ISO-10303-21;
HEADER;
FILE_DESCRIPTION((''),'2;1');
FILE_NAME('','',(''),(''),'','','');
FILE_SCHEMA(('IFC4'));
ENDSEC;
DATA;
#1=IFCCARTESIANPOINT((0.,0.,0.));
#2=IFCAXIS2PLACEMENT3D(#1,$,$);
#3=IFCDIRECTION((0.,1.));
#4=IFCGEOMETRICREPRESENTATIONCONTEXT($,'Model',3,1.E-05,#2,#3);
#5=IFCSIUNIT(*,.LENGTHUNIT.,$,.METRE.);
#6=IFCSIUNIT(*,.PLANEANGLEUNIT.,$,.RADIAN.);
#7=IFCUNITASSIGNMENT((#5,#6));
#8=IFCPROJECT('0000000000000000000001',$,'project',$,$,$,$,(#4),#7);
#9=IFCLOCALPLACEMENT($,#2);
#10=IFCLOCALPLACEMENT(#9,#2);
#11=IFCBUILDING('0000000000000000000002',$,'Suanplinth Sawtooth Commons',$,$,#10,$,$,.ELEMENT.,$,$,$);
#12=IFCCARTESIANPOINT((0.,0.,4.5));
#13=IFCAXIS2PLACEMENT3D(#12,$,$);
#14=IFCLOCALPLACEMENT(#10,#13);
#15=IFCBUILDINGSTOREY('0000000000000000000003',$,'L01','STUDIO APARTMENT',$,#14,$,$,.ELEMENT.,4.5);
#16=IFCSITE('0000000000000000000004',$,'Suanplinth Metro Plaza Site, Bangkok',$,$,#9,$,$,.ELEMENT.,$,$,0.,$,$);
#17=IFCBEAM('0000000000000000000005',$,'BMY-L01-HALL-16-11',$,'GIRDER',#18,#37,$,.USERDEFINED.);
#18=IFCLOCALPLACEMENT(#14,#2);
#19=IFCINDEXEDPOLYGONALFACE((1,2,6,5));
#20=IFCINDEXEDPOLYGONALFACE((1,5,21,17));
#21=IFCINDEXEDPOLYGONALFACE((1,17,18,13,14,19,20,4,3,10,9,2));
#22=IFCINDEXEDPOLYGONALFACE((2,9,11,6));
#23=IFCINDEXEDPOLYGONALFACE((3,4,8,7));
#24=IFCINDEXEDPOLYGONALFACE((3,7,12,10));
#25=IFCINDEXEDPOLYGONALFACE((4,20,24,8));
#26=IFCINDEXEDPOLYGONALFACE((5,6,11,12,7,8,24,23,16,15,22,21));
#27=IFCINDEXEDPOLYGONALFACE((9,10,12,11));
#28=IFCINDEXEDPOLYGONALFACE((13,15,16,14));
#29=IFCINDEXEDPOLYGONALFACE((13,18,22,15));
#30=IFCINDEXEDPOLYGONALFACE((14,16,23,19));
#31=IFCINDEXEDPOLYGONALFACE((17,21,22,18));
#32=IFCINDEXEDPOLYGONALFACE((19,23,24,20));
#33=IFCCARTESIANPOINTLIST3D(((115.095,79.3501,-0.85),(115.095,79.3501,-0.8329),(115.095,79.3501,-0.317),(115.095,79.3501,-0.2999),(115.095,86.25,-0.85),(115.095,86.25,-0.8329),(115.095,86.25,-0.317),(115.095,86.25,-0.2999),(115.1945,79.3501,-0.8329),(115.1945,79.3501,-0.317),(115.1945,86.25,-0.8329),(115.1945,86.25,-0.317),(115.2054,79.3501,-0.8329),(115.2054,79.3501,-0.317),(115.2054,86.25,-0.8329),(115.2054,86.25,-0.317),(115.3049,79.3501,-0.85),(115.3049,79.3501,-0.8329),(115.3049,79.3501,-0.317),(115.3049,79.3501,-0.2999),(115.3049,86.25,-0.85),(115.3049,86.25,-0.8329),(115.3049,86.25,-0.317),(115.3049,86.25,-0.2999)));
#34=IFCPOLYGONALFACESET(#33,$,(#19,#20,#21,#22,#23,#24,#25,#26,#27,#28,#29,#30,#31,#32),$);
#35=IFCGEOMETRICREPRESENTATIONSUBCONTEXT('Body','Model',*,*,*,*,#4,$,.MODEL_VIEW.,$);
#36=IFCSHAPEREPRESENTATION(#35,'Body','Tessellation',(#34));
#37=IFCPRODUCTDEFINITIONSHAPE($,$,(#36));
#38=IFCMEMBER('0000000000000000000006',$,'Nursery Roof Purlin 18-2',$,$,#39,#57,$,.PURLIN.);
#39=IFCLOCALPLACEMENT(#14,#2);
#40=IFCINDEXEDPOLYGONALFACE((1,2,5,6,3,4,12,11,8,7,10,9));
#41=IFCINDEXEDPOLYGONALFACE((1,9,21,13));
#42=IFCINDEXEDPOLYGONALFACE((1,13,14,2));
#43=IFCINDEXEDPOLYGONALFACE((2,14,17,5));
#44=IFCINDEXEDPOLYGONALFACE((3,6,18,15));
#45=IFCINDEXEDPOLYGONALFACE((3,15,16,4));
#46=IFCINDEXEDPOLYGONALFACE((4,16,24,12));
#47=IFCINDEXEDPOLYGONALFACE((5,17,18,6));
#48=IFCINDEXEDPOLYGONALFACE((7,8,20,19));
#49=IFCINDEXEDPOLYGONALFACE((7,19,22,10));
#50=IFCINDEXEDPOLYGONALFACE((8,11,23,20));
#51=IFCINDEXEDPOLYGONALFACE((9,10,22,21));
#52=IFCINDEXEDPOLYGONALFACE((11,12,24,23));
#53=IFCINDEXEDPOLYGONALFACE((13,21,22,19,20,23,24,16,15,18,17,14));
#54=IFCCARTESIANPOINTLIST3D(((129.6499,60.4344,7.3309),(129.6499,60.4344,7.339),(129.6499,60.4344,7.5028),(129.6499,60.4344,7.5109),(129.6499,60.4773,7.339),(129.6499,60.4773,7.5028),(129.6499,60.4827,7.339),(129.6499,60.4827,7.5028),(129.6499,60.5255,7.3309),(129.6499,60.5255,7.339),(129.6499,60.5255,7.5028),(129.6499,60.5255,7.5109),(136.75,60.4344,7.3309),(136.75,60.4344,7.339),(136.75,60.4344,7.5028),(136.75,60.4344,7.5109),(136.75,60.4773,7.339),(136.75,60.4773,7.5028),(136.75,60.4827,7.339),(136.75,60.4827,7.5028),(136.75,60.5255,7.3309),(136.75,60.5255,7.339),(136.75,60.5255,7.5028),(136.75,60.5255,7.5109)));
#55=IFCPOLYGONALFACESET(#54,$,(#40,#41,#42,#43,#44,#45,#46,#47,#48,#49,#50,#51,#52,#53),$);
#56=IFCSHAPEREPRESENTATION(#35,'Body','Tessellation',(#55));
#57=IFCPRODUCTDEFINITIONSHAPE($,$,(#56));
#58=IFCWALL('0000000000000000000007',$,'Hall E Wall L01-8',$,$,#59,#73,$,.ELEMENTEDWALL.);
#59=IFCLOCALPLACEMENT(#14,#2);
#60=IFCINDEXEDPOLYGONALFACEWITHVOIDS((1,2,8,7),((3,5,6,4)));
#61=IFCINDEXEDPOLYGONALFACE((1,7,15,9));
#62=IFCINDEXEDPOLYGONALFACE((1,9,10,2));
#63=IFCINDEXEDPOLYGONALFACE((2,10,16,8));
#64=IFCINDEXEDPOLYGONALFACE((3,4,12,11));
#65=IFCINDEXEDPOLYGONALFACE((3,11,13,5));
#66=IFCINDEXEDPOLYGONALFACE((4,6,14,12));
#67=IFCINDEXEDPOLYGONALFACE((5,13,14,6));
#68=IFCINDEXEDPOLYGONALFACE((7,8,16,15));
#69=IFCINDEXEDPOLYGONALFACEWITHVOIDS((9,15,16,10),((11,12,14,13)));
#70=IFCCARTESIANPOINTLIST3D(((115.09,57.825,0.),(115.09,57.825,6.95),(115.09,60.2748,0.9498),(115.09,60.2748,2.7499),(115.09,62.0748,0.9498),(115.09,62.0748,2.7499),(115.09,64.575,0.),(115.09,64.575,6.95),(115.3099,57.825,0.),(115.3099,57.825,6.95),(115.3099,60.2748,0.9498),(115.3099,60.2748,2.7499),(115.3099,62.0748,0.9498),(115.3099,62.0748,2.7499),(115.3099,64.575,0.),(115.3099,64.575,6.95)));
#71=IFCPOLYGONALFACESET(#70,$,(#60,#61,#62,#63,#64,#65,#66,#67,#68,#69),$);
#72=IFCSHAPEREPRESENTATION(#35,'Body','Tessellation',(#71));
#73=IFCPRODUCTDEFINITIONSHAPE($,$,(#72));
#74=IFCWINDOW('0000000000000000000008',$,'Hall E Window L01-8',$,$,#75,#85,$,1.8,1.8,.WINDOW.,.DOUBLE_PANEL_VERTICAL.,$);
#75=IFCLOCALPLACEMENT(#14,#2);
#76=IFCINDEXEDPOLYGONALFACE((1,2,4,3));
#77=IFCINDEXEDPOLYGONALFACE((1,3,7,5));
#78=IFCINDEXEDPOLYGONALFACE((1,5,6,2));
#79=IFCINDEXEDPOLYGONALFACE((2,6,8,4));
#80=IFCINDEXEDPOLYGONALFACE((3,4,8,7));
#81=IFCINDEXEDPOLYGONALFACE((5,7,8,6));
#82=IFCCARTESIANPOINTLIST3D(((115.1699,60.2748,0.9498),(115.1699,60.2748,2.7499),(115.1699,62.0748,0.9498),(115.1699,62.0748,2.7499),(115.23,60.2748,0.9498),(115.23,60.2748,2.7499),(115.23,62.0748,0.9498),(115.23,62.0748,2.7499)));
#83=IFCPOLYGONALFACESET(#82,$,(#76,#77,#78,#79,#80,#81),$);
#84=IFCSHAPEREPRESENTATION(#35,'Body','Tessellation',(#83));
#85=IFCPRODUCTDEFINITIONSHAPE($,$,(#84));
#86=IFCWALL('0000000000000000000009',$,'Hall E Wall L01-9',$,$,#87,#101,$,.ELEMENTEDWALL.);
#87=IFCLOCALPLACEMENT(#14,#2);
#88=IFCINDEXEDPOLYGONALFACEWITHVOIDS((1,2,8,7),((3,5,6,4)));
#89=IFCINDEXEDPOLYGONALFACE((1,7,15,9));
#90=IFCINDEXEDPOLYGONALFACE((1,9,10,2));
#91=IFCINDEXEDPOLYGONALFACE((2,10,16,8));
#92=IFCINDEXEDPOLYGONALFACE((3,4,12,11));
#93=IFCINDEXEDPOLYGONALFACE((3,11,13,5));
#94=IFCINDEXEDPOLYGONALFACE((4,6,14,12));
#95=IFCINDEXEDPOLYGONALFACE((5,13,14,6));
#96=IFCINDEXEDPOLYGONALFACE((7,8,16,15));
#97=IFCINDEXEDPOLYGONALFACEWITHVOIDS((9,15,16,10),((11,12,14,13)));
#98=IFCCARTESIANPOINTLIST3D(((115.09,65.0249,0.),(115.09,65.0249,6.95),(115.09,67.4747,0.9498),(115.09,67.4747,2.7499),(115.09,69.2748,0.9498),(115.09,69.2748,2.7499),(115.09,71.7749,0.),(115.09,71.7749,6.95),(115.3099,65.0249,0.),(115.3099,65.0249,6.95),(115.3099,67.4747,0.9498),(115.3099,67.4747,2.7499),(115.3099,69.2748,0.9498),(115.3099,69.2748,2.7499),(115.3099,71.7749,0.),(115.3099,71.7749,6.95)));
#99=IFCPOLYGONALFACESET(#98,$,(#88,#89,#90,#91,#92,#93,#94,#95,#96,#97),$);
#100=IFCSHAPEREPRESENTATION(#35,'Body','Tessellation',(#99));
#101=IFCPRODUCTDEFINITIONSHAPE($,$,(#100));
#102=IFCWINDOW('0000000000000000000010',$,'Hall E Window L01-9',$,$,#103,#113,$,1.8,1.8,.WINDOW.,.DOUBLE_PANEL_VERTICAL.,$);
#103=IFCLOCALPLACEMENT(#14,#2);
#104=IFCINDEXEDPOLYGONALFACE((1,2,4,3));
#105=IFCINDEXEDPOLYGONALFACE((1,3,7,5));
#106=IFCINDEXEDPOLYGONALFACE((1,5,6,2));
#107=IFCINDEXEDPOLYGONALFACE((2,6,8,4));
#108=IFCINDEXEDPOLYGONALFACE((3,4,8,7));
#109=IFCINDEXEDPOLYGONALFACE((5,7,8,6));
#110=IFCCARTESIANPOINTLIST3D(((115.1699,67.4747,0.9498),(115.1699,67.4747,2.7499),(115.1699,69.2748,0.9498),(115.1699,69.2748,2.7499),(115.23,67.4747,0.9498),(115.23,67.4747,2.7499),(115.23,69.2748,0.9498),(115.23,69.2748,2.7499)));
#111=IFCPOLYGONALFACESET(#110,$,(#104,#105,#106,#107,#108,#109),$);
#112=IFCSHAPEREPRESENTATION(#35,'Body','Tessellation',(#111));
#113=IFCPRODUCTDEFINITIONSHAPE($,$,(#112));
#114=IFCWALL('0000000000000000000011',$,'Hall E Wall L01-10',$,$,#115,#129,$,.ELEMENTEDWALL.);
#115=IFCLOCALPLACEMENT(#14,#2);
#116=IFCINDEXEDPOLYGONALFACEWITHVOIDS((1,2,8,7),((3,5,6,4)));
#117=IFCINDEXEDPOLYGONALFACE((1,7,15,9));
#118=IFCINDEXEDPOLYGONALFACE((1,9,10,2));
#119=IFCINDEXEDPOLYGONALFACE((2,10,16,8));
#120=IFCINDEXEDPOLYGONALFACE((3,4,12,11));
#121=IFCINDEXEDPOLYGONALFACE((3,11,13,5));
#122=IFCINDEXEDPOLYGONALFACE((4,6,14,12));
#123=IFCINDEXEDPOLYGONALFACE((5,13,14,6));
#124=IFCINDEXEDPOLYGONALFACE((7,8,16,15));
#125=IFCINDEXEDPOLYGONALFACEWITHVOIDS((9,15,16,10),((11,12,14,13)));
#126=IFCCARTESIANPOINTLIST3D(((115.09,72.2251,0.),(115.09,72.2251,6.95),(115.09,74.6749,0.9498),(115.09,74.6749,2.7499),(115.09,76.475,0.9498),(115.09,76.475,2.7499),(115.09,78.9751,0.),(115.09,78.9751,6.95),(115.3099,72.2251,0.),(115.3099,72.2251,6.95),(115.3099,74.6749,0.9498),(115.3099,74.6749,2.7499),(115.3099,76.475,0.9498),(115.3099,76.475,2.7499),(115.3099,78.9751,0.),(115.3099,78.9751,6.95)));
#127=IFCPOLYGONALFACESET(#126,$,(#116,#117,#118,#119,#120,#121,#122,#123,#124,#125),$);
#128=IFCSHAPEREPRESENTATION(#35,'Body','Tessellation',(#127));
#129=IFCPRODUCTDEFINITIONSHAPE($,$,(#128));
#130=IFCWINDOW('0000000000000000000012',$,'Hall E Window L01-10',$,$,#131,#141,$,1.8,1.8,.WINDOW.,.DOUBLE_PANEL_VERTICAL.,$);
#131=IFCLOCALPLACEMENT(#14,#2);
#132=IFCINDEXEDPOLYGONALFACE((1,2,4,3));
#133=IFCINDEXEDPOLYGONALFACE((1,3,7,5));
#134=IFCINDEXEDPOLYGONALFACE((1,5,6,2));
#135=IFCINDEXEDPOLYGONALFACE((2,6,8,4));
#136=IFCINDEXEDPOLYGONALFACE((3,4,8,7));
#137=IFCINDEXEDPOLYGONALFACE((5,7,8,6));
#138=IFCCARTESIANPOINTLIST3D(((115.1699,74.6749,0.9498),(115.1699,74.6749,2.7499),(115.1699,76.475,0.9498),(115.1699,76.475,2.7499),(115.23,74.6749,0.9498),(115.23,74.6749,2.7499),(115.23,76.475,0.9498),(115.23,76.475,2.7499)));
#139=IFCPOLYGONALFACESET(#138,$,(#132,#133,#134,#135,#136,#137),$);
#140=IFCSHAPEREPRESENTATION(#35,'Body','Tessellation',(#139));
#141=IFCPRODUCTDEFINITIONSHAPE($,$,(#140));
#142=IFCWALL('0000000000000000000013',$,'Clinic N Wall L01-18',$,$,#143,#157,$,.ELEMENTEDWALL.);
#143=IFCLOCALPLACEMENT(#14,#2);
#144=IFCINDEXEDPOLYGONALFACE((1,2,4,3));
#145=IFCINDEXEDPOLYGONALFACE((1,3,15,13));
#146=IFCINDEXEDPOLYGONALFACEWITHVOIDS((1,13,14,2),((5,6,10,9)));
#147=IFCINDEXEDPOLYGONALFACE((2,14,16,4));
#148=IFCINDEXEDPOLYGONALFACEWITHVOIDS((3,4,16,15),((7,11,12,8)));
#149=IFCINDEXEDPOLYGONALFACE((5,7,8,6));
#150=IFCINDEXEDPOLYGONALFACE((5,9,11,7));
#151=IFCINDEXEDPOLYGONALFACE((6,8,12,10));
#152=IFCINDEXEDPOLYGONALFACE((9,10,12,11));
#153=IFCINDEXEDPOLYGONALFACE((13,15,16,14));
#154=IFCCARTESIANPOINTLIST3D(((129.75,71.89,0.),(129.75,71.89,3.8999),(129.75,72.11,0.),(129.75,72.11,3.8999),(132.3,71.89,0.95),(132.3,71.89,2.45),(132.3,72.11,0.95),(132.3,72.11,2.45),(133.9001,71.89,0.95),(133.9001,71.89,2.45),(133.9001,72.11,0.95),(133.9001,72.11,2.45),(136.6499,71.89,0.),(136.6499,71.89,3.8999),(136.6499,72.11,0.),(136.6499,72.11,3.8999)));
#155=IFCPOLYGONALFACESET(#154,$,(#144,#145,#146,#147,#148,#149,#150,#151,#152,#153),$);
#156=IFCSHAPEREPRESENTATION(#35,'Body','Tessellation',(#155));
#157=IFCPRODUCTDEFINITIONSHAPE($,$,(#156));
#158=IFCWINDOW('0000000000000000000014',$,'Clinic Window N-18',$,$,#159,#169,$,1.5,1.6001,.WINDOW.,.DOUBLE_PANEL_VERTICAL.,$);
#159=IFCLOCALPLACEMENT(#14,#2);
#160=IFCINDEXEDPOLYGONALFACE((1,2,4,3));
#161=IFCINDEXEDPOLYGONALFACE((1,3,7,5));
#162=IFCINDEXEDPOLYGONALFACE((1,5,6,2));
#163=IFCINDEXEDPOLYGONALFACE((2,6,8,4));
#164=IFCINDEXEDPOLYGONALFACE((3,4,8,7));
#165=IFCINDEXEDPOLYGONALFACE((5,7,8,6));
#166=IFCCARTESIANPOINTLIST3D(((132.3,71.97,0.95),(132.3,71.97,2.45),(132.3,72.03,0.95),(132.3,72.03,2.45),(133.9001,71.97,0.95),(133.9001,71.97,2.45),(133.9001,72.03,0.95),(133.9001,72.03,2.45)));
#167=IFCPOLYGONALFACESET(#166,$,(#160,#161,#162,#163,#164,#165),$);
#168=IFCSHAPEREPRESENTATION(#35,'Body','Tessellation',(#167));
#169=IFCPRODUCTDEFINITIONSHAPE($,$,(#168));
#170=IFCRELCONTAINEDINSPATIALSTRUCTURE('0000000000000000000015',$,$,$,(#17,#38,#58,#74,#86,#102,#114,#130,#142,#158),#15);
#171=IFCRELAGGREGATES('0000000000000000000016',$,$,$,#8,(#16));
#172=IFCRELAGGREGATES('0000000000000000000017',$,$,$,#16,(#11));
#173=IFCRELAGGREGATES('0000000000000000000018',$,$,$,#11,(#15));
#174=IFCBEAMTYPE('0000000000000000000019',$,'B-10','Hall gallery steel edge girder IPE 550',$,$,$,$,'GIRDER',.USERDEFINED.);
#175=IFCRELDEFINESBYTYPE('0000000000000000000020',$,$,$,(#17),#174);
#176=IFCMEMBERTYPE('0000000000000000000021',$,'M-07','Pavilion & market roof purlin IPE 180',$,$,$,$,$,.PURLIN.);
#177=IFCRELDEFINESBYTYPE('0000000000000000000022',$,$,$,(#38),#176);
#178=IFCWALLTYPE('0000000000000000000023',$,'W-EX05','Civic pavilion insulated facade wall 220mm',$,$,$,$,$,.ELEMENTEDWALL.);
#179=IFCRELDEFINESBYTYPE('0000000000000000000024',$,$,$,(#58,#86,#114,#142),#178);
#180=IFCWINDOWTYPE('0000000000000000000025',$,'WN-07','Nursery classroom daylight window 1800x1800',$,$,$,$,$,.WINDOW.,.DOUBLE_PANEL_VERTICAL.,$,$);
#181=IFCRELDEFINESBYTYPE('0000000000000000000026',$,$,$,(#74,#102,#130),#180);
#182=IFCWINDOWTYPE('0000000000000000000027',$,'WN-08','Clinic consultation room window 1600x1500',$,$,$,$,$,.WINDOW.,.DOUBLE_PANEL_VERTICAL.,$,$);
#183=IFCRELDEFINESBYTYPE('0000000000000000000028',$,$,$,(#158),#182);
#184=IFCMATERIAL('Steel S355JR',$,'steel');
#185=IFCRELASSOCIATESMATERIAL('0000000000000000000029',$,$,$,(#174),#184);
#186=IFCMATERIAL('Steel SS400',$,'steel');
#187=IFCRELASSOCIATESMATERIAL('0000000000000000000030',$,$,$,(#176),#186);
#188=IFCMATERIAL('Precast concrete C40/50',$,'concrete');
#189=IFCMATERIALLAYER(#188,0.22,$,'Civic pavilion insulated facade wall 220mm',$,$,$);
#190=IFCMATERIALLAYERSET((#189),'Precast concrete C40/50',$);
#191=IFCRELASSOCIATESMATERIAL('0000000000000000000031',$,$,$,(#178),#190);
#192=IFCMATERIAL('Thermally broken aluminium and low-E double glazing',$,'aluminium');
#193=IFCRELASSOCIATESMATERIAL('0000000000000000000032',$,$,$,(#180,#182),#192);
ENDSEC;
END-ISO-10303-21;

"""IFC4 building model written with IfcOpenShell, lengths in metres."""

from ifc_helpers import new_model, si_unit, direction, frame, frame_2d, origin, origin_2d, place, context, subcontext, project, spatial, rectangle, i_section, extrude, material, layer, layer_set, material_profile, profile_set, type_object, element, fill, save


model = new_model("IFC4")

# Units and contexts
model_context = context("Model", 3, precision=1e-05, world=origin(), true_north=direction((0.0, 1.0)))
body_context = subcontext(model_context, "Body", "Model", "MODEL_VIEW")
ifc_project = project(units=[si_unit("LENGTHUNIT", "METRE"), si_unit("PLANEANGLEUNIT", "RADIAN")], contexts=[model_context])

# Site, building, storey
site_placement = place(None, origin())
site = spatial("IfcSite", under=ifc_project, at=site_placement, Name="Suanplinth Metro Plaza Site, Bangkok", CompositionType="ELEMENT", RefElevation=0.0)
building_placement = place(site_placement, origin())
building = spatial("IfcBuilding", under=site, at=building_placement, Name="Suanplinth Sawtooth Commons", CompositionType="ELEMENT")
storey_placement = place(building_placement, frame((0.0, 0.0, 4.5)))
storey = spatial("IfcBuildingStorey", under=building, at=storey_placement, Name="L01", Description="STUDIO APARTMENT", CompositionType="ELEMENT", Elevation=4.5)

# Shared definitions
ifc_material_1 = material(Name="Steel S355JR", Category="steel")

# Beam
ifc_material_2 = material(Name="Precast concrete C40/50", Category="concrete")
ifc_material_profile_1 = material_profile(ifc_material_1, i_section(OverallWidth=0.21, OverallDepth=0.55, WebThickness=0.011, FlangeThickness=0.0171, at=origin_2d()), Name="IPE 550")
ifc_profile_set_1 = profile_set([ifc_material_profile_1], Name="Steel S355JR")
beam_type_1 = type_object("IfcBeamType", Name="B-10", Description="Hall gallery steel edge girder IPE 550", ElementType="GIRDER", PredefinedType="USERDEFINED", material=ifc_profile_set_1)
beam_1_placement = place(storey_placement, frame((115.2, 79.3501, -0.575), z_axis=(0.0, 1.0, 0.0), x_axis=(-1.0, 0.0, 0.0)))
element("IfcBeam", 1, at=beam_1_placement, inside=storey, type_object=beam_type_1, Name="BMY-L01-HALL-16-11", ObjectType="GIRDER", PredefinedType="USERDEFINED", context=body_context, shape_type="SweptSolid", body=[
    extrude(i_section(OverallWidth=0.21, OverallDepth=0.55, WebThickness=0.011, FlangeThickness=0.0171, at=origin_2d()), origin(), (0.0, 0.0, 1.0), 6.8999),
])

# Member
ifc_material_3 = material(Name="Steel SS400", Category="steel")
ifc_material_profile_2 = material_profile(ifc_material_3, i_section(OverallWidth=0.0911, OverallDepth=0.1799, WebThickness=0.0054, FlangeThickness=0.0081, at=origin_2d()), Name="IPE 180")
ifc_profile_set_2 = profile_set([ifc_material_profile_2], Name="Steel SS400")
member_type = type_object("IfcMemberType", Name="M-07", Description="Pavilion & market roof purlin IPE 180", PredefinedType="PURLIN", material=ifc_profile_set_2)
member_placement = place(storey_placement, frame((129.6499, 60.48, 7.4209), z_axis=(1.0, 0.0, 0.0), x_axis=(0.0, 1.0, 0.0)))
element("IfcMember", 2, at=member_placement, inside=storey, type_object=member_type, Name="Nursery Roof Purlin 18-2", PredefinedType="PURLIN", context=body_context, shape_type="SweptSolid", body=[
    extrude(i_section(OverallWidth=0.0911, OverallDepth=0.1799, WebThickness=0.0054, FlangeThickness=0.0081, at=origin_2d()), origin(), (0.0, 0.0, 1.0), 7.1001),
])

# Walls, openings, windows
ifc_layer_1 = layer(ifc_material_2, 0.22, Name="Civic pavilion insulated facade wall 220mm")
ifc_layer_set_1 = layer_set([ifc_layer_1], Name="Precast concrete C40/50")
wall_type_1 = type_object("IfcWallType", Name="W-EX05", Description="Civic pavilion insulated facade wall 220mm", PredefinedType="ELEMENTEDWALL", material=ifc_layer_set_1)
wall_1_placement = place(storey_placement, frame((115.2, 57.825, 0.0), z_axis=(0.0, 0.0, 1.0), x_axis=(0.0, 1.0, 0.0)))
wall_1 = element("IfcWall", 3, at=wall_1_placement, inside=storey, type_object=wall_type_1, Name="Hall E Wall L01-8", PredefinedType="ELEMENTEDWALL", context=body_context, shape_type="SweptSolid", body=[
    extrude(rectangle(XDim=6.75, YDim=0.22, at=frame_2d((3.375, 0.0))), origin(), (0.0, 0.0, 1.0), 6.95),
])
opening_1_placement = place(wall_1_placement, frame((2.45, 0.0, 0.95)))
opening_1 = element("IfcOpeningElement", 4, at=opening_1_placement, cuts=wall_1, PredefinedType="OPENING", context=body_context, shape_type="SweptSolid", body=[
    extrude(rectangle(XDim=1.8, YDim=1.8, at=frame_2d((0.8999, 0.8999))), frame((0.0, 0.125, 0.0), z_axis=(0.0, -1.0, 0.0), x_axis=(1.0, 0.0, 0.0)), (0.0, 0.0, 1.0), 0.2498),
])
ifc_material_4 = material(Name="Thermally broken aluminium and low-E double glazing", Category="aluminium")
window_type_1 = type_object("IfcWindowType", Name="WN-07", Description="Nursery classroom daylight window 1800x1800", PartitioningType="DOUBLE_PANEL_VERTICAL", PredefinedType="WINDOW", material=ifc_material_4)
window_1_placement = place(opening_1_placement, origin())
window_1 = element("IfcWindow", 5, at=window_1_placement, inside=storey, type_object=window_type_1, Name="Hall E Window L01-8", OverallHeight=1.8, OverallWidth=1.8, PartitioningType="DOUBLE_PANEL_VERTICAL", PredefinedType="WINDOW", context=body_context, shape_type="SweptSolid", body=[
    extrude(rectangle(XDim=1.8, YDim=1.8, at=frame_2d((0.8999, 0.8999))), frame((0.0, 0.03, 0.0), z_axis=(0.0, -1.0, 0.0), x_axis=(1.0, 0.0, 0.0)), (0.0, 0.0, 1.0), 0.0601),
])
fill(opening_1, window_1)
wall_2_placement = place(storey_placement, frame((115.2, 65.0249, 0.0), z_axis=(0.0, 0.0, 1.0), x_axis=(0.0, 1.0, 0.0)))
wall_2 = element("IfcWall", 6, at=wall_2_placement, inside=storey, type_object=wall_type_1, Name="Hall E Wall L01-9", PredefinedType="ELEMENTEDWALL", context=body_context, shape_type="SweptSolid", body=[
    extrude(rectangle(XDim=6.75, YDim=0.22, at=frame_2d((3.375, 0.0))), origin(), (0.0, 0.0, 1.0), 6.95),
])
opening_2_placement = place(wall_2_placement, frame((2.45, 0.0, 0.95)))
opening_2 = element("IfcOpeningElement", 7, at=opening_2_placement, cuts=wall_2, PredefinedType="OPENING", context=body_context, shape_type="SweptSolid", body=[
    extrude(rectangle(XDim=1.8, YDim=1.8, at=frame_2d((0.8999, 0.8999))), frame((0.0, 0.125, 0.0), z_axis=(0.0, -1.0, 0.0), x_axis=(1.0, 0.0, 0.0)), (0.0, 0.0, 1.0), 0.2498),
])
window_2_placement = place(opening_2_placement, origin())
window_2 = element("IfcWindow", 8, at=window_2_placement, inside=storey, type_object=window_type_1, Name="Hall E Window L01-9", OverallHeight=1.8, OverallWidth=1.8, PartitioningType="DOUBLE_PANEL_VERTICAL", PredefinedType="WINDOW", context=body_context, shape_type="SweptSolid", body=[
    extrude(rectangle(XDim=1.8, YDim=1.8, at=frame_2d((0.8999, 0.8999))), frame((0.0, 0.03, 0.0), z_axis=(0.0, -1.0, 0.0), x_axis=(1.0, 0.0, 0.0)), (0.0, 0.0, 1.0), 0.0601),
])
fill(opening_2, window_2)
wall_3_placement = place(storey_placement, frame((115.2, 72.2251, 0.0), z_axis=(0.0, 0.0, 1.0), x_axis=(0.0, 1.0, 0.0)))
wall_3 = element("IfcWall", 9, at=wall_3_placement, inside=storey, type_object=wall_type_1, Name="Hall E Wall L01-10", PredefinedType="ELEMENTEDWALL", context=body_context, shape_type="SweptSolid", body=[
    extrude(rectangle(XDim=6.75, YDim=0.22, at=frame_2d((3.375, 0.0))), origin(), (0.0, 0.0, 1.0), 6.95),
])
opening_3_placement = place(wall_3_placement, frame((2.45, 0.0, 0.95)))
opening_3 = element("IfcOpeningElement", 10, at=opening_3_placement, cuts=wall_3, PredefinedType="OPENING", context=body_context, shape_type="SweptSolid", body=[
    extrude(rectangle(XDim=1.8, YDim=1.8, at=frame_2d((0.8999, 0.8999))), frame((0.0, 0.125, 0.0), z_axis=(0.0, -1.0, 0.0), x_axis=(1.0, 0.0, 0.0)), (0.0, 0.0, 1.0), 0.2498),
])
window_3_placement = place(opening_3_placement, origin())
window_3 = element("IfcWindow", 11, at=window_3_placement, inside=storey, type_object=window_type_1, Name="Hall E Window L01-10", OverallHeight=1.8, OverallWidth=1.8, PartitioningType="DOUBLE_PANEL_VERTICAL", PredefinedType="WINDOW", context=body_context, shape_type="SweptSolid", body=[
    extrude(rectangle(XDim=1.8, YDim=1.8, at=frame_2d((0.8999, 0.8999))), frame((0.0, 0.03, 0.0), z_axis=(0.0, -1.0, 0.0), x_axis=(1.0, 0.0, 0.0)), (0.0, 0.0, 1.0), 0.0601),
])
fill(opening_3, window_3)
wall_4_placement = place(storey_placement, frame((129.75, 72.0, 0.0), z_axis=(0.0, 0.0, 1.0), x_axis=(1.0, 0.0, 0.0)))
wall_4 = element("IfcWall", 12, at=wall_4_placement, inside=storey, type_object=wall_type_1, Name="Clinic N Wall L01-18", PredefinedType="ELEMENTEDWALL", context=body_context, shape_type="SweptSolid", body=[
    extrude(rectangle(XDim=6.8999, YDim=0.22, at=frame_2d((3.45, 0.0))), origin(), (0.0, 0.0, 1.0), 3.8999),
])
opening_4_placement = place(wall_4_placement, frame((2.55, 0.0, 0.95)))
opening_4 = element("IfcOpeningElement", 13, at=opening_4_placement, cuts=wall_4, PredefinedType="OPENING", context=body_context, shape_type="SweptSolid", body=[
    extrude(rectangle(XDim=1.6001, YDim=1.5, at=frame_2d((0.8, 0.75))), frame((0.0, 0.125, 0.0), z_axis=(0.0, -1.0, 0.0), x_axis=(1.0, 0.0, 0.0)), (0.0, 0.0, 1.0), 0.2498),
])
window_type_2 = type_object("IfcWindowType", Name="WN-08", Description="Clinic consultation room window 1600x1500", PartitioningType="DOUBLE_PANEL_VERTICAL", PredefinedType="WINDOW", material=ifc_material_4)
window_4_placement = place(opening_4_placement, origin())
window_4 = element("IfcWindow", 14, at=window_4_placement, inside=storey, type_object=window_type_2, Name="Clinic Window N-18", OverallHeight=1.5, OverallWidth=1.6001, PartitioningType="DOUBLE_PANEL_VERTICAL", PredefinedType="WINDOW", context=body_context, shape_type="SweptSolid", body=[
    extrude(rectangle(XDim=1.6001, YDim=1.5, at=frame_2d((0.8, 0.75))), frame((0.0, 0.03, 0.0), z_axis=(0.0, -1.0, 0.0), x_axis=(1.0, 0.0, 0.0)), (0.0, 0.0, 1.0), 0.0601),
])
fill(opening_4, window_4)

save(model, "model.ifc")
